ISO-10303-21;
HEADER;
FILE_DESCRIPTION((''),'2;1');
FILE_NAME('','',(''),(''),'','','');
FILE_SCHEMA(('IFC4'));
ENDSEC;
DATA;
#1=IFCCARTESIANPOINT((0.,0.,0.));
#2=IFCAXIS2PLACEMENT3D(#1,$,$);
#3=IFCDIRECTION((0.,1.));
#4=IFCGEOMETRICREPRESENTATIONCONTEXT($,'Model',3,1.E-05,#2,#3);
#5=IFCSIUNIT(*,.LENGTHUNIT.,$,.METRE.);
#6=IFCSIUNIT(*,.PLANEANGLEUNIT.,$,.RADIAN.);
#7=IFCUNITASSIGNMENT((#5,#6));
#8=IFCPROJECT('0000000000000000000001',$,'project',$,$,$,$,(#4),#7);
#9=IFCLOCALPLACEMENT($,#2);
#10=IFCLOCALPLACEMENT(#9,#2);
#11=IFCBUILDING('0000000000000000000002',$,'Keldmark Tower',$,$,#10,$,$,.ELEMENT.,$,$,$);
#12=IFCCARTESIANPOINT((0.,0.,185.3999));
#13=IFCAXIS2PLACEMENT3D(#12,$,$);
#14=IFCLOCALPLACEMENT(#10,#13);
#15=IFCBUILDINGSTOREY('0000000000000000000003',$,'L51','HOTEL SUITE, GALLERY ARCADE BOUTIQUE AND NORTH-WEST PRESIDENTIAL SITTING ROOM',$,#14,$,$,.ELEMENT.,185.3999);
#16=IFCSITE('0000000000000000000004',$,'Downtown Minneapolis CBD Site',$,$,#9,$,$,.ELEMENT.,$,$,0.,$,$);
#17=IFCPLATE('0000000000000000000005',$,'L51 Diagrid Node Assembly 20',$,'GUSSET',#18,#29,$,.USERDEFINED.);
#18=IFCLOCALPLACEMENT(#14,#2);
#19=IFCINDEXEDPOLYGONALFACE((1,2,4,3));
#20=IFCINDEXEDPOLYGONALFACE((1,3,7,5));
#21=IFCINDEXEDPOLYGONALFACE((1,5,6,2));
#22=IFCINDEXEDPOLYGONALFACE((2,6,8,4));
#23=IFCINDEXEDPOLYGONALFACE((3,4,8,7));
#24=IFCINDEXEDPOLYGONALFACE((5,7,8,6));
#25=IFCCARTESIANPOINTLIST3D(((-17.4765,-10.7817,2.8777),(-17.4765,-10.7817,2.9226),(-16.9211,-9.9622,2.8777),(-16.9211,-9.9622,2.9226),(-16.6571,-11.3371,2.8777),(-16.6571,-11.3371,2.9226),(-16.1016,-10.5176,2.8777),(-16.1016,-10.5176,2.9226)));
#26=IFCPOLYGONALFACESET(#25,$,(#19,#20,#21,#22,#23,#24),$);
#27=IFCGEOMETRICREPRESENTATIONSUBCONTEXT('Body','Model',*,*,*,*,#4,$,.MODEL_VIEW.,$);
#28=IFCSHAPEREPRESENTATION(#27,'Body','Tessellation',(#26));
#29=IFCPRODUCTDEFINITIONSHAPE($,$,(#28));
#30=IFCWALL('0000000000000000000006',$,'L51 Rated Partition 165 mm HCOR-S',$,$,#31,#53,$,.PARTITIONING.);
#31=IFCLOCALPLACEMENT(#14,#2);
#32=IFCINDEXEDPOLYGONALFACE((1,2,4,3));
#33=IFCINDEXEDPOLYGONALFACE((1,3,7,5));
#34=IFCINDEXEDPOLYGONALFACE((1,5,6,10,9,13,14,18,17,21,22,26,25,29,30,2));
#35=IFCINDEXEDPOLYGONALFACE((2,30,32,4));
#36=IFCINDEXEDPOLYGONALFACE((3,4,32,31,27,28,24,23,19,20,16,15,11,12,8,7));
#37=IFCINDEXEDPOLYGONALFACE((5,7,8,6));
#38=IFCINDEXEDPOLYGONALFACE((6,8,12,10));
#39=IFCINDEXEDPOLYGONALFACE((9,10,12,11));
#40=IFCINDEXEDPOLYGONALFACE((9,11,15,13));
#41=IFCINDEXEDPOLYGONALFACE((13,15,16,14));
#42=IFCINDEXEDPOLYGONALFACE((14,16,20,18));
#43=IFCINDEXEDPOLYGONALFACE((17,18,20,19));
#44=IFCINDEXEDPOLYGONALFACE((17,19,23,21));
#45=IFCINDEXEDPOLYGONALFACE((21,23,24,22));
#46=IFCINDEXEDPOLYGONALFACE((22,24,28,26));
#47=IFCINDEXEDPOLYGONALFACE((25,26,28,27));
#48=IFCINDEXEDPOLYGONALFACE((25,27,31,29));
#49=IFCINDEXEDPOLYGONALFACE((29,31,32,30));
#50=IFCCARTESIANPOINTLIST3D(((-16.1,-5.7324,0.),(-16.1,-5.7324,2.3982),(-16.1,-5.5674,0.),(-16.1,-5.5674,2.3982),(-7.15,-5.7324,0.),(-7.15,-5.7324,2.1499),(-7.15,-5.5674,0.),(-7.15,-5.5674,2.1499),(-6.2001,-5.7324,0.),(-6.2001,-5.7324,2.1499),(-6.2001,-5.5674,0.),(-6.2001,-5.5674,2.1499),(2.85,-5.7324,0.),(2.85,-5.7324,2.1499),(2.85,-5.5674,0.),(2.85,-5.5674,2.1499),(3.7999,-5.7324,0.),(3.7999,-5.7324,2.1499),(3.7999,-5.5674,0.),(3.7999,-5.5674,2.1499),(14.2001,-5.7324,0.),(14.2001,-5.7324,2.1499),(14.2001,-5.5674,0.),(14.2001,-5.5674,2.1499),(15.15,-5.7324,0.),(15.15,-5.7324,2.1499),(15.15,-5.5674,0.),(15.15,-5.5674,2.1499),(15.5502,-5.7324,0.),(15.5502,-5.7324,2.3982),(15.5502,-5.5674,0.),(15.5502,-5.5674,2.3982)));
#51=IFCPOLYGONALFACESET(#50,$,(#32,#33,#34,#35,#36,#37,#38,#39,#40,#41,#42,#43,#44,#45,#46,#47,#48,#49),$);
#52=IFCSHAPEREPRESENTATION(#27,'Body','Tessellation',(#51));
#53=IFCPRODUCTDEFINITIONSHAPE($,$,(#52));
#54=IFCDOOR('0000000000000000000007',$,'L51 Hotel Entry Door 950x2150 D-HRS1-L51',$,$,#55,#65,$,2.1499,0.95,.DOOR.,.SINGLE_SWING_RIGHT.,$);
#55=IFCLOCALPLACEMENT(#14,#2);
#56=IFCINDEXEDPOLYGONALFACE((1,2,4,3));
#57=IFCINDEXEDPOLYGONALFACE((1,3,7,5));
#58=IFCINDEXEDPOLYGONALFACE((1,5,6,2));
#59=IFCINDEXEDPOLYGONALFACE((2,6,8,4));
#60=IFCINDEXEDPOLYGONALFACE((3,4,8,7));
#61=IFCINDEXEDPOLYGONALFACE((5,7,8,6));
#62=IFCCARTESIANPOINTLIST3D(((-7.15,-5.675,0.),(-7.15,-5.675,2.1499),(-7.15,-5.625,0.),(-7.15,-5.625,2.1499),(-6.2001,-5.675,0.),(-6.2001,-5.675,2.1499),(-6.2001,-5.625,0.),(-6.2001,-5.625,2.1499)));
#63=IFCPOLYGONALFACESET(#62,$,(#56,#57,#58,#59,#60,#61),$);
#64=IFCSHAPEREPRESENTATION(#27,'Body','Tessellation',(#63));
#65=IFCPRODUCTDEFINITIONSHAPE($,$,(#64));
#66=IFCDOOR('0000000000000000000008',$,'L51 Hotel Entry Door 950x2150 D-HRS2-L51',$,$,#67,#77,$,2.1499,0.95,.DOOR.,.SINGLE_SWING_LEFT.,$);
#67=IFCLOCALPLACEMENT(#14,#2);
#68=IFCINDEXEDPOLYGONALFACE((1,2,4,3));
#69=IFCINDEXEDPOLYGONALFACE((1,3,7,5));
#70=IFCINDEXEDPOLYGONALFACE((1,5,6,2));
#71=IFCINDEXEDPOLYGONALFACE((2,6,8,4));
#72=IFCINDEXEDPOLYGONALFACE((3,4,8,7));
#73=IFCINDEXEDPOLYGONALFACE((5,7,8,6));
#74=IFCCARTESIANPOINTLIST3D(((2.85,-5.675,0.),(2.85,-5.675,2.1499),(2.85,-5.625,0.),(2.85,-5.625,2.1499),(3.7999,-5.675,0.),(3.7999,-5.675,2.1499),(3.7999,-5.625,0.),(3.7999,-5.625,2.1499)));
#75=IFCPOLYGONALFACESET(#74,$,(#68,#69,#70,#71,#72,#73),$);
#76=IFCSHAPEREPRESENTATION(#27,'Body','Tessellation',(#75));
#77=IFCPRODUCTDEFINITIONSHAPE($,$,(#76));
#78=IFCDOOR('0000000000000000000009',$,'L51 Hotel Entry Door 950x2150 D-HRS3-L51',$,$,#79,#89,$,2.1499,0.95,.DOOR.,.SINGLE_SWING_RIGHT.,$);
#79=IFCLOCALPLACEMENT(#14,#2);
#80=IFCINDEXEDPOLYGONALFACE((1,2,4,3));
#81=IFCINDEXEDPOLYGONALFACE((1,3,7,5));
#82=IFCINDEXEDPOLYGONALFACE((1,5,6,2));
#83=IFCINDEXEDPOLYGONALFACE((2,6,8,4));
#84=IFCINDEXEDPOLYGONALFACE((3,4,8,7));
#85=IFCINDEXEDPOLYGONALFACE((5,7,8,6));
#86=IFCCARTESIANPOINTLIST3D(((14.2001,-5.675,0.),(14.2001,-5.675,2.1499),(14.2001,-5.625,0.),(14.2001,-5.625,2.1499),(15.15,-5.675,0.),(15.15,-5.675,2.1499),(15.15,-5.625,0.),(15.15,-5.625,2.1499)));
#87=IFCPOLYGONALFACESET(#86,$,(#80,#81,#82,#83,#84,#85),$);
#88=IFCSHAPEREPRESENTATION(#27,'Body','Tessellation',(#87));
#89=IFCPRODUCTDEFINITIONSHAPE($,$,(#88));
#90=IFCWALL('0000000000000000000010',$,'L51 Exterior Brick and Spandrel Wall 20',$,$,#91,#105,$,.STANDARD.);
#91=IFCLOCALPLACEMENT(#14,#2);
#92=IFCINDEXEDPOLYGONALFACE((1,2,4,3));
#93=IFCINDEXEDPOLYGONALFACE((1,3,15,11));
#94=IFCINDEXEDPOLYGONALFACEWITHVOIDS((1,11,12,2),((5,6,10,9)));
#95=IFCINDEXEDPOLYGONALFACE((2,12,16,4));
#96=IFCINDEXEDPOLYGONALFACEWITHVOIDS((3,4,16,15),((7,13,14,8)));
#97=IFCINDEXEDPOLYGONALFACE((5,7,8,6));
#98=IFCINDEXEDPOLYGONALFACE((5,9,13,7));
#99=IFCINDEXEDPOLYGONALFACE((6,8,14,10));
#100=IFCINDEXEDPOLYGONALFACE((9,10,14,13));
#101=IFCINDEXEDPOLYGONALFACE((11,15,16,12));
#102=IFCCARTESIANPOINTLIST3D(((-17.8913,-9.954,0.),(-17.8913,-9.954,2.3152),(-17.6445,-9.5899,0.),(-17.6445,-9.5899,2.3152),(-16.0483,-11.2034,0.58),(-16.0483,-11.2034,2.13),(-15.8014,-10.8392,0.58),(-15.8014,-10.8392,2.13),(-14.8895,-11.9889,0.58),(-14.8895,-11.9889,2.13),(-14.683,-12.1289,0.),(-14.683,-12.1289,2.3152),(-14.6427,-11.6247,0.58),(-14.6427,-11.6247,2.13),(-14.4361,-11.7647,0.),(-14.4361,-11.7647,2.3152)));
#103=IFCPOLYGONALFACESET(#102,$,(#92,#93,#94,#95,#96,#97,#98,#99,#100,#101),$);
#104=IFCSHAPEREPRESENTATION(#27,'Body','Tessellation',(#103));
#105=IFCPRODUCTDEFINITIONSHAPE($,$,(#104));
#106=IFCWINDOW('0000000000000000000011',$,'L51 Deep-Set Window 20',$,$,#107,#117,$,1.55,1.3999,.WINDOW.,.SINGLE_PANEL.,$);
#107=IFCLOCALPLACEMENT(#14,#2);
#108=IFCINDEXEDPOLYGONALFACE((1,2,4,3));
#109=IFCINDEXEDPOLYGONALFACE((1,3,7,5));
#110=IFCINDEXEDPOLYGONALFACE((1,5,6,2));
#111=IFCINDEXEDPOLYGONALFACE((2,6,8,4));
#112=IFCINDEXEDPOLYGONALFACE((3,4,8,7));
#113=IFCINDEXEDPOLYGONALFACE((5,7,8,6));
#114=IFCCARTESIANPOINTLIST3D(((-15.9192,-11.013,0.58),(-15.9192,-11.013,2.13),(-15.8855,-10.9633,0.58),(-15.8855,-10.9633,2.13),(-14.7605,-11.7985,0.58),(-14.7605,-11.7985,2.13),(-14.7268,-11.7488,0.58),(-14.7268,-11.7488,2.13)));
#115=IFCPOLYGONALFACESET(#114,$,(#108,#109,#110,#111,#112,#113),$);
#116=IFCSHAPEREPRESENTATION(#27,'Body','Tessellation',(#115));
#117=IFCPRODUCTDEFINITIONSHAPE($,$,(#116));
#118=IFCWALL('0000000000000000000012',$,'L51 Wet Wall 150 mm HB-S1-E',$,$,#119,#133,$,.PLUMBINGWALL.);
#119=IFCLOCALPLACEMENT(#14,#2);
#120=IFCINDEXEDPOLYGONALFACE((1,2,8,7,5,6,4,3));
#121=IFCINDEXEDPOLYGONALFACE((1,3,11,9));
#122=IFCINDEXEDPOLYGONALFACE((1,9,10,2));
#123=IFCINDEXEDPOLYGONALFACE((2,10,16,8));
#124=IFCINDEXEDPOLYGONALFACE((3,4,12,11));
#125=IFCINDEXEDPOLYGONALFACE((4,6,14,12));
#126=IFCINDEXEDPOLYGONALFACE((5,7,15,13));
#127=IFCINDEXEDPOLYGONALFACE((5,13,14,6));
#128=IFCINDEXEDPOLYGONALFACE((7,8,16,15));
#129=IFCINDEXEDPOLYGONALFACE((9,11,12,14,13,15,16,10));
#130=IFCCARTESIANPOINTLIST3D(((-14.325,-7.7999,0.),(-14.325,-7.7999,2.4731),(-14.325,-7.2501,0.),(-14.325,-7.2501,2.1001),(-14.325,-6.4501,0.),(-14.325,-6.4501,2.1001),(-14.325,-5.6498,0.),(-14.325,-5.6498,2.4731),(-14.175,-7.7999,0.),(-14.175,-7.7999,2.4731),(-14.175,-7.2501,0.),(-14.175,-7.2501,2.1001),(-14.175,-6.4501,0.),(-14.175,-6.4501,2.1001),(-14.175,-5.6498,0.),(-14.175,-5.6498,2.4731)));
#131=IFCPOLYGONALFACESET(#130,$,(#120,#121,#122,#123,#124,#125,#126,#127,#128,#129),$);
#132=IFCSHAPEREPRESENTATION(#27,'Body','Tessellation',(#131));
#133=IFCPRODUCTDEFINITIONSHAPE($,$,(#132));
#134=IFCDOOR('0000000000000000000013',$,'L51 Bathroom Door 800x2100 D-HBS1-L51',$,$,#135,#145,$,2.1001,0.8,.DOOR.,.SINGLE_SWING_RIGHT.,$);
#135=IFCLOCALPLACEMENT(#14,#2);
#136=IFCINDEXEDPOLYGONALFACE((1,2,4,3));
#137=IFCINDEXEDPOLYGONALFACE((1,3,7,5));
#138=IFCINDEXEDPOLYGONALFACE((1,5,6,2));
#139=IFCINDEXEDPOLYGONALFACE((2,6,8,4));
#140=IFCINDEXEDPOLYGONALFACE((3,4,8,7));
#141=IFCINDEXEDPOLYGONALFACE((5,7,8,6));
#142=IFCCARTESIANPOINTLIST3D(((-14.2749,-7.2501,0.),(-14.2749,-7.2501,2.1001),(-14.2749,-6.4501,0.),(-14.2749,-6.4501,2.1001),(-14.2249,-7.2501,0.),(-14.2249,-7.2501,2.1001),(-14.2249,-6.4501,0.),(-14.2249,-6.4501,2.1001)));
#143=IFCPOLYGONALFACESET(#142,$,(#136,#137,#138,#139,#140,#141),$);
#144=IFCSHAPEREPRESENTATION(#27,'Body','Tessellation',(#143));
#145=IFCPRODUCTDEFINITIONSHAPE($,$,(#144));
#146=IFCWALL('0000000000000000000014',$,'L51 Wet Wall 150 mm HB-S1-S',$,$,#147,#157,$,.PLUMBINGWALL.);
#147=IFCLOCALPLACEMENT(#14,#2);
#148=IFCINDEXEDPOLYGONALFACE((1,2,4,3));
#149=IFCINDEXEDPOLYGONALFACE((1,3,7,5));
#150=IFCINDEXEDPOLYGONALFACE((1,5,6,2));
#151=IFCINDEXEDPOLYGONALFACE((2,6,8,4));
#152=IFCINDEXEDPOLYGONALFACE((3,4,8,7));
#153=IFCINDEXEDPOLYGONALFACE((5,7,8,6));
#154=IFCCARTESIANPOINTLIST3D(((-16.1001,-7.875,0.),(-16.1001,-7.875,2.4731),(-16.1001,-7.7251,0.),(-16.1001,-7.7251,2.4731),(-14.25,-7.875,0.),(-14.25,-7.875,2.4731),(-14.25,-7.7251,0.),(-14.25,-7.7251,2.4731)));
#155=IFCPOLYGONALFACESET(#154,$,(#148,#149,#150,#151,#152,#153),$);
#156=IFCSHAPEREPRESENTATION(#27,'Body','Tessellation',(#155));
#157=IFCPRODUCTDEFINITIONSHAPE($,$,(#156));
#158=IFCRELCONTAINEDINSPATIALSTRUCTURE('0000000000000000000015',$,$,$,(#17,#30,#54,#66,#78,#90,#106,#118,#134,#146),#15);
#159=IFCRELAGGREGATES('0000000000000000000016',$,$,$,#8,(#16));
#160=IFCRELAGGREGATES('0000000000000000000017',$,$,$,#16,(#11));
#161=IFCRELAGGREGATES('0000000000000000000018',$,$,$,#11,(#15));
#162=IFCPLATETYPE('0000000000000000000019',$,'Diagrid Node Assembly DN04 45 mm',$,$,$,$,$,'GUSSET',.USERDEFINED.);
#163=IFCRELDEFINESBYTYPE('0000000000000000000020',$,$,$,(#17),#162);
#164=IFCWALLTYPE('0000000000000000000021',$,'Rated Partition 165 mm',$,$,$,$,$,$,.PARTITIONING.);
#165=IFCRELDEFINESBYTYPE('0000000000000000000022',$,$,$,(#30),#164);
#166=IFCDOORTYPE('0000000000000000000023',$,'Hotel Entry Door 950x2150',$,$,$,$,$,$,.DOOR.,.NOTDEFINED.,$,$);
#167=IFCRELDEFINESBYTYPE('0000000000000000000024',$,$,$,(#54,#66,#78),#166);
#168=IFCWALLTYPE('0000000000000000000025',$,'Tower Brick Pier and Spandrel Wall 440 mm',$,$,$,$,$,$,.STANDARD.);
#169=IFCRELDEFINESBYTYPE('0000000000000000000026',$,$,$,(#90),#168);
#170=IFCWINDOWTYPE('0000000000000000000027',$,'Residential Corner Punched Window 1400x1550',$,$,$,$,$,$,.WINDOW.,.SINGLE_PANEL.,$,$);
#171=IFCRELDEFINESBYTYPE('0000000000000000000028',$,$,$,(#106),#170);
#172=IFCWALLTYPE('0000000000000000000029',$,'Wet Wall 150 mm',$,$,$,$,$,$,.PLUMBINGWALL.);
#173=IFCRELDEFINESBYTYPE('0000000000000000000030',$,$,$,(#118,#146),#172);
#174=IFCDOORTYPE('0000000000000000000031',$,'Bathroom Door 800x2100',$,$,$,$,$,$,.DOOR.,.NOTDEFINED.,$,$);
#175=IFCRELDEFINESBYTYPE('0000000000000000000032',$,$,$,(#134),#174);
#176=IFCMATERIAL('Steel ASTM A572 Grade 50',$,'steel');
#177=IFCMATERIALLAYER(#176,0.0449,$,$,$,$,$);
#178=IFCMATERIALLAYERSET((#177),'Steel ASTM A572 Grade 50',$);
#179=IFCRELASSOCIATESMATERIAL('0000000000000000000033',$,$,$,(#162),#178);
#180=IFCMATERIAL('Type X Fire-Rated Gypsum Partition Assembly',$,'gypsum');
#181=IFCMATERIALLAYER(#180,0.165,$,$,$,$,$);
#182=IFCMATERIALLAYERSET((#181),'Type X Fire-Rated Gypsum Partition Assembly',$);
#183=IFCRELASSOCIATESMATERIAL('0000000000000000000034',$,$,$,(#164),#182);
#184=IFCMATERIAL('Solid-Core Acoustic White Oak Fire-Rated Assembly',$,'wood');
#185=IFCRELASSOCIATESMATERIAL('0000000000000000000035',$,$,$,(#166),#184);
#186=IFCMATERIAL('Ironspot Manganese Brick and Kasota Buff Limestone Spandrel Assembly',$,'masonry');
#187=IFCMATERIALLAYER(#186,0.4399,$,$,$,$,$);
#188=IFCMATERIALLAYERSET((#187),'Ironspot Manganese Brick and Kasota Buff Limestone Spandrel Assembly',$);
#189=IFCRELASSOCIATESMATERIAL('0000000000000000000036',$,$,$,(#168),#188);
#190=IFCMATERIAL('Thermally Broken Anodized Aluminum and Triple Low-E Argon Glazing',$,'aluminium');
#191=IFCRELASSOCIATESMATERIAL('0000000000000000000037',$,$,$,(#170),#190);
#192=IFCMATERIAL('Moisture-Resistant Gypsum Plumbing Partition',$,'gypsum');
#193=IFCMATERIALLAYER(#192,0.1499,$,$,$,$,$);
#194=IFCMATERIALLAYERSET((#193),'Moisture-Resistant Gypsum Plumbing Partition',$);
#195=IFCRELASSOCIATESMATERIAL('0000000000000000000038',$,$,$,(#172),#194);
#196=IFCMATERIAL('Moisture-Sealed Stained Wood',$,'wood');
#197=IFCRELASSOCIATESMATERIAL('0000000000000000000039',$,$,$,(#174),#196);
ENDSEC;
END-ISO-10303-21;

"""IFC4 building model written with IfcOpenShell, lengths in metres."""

from ifc_helpers import new_model, si_unit, direction, frame, frame_2d, origin, origin_2d, place, context, subcontext, project, spatial, rectangle, extrude, material, layer, layer_set, type_object, element, fill, save


model = new_model("IFC4")

# Units and contexts
model_context = context("Model", 3, precision=1e-05, world=origin(), true_north=direction((0.0, 1.0)))
body_context = subcontext(model_context, "Body", "Model", "MODEL_VIEW")
ifc_project = project(units=[si_unit("LENGTHUNIT", "METRE"), si_unit("PLANEANGLEUNIT", "RADIAN")], contexts=[model_context])

# Site, building, storey
site_placement = place(None, origin())
site = spatial("IfcSite", under=ifc_project, at=site_placement, Name="Downtown Minneapolis CBD Site", CompositionType="ELEMENT", RefElevation=0.0)
building_placement = place(site_placement, origin())
building = spatial("IfcBuilding", under=site, at=building_placement, Name="Keldmark Tower", CompositionType="ELEMENT")
storey_placement = place(building_placement, frame((0.0, 0.0, 185.3999)))
storey = spatial("IfcBuildingStorey", under=building, at=storey_placement, Name="L51", Description="HOTEL SUITE, GALLERY ARCADE BOUTIQUE AND NORTH-WEST PRESIDENTIAL SITTING ROOM", CompositionType="ELEMENT", Elevation=185.3999)

# Plate
ifc_material_1 = material(Name="Steel ASTM A572 Grade 50", Category="steel")
ifc_layer_1 = layer(ifc_material_1, 0.0449)
ifc_layer_set_1 = layer_set([ifc_layer_1], Name="Steel ASTM A572 Grade 50")
plate_type = type_object("IfcPlateType", Name="Diagrid Node Assembly DN04 45 mm", ElementType="GUSSET", PredefinedType="USERDEFINED", material=ifc_layer_set_1)
plate_placement = place(storey_placement, frame((-16.7891, -10.6497, 2.8777), z_axis=(0.0, 0.0, 1.0), x_axis=(0.827767, -0.561072, 0.0)))
element("IfcPlate", 1, at=plate_placement, inside=storey, type_object=plate_type, Name="L51 Diagrid Node Assembly 20", ObjectType="GUSSET", PredefinedType="USERDEFINED", context=body_context, shape_type="SweptSolid", body=[
    extrude(rectangle(XDim=0.99, YDim=0.99, at=origin_2d()), origin(), (0.0, 0.0, 1.0), 0.0449),
])

# Wall, openings, doors
ifc_material_2 = material(Name="Type X Fire-Rated Gypsum Partition Assembly", Category="gypsum")
ifc_layer_2 = layer(ifc_material_2, 0.165)
ifc_layer_set_2 = layer_set([ifc_layer_2], Name="Type X Fire-Rated Gypsum Partition Assembly")
wall_type_1 = type_object("IfcWallType", Name="Rated Partition 165 mm", PredefinedType="PARTITIONING", material=ifc_layer_set_2)
wall_1_placement = place(storey_placement, frame((-16.1001, -5.6499, 0.0), z_axis=(0.0, 0.0, 1.0), x_axis=(1.0, 0.0, 0.0)))
wall_1 = element("IfcWall", 2, at=wall_1_placement, inside=storey, type_object=wall_type_1, Name="L51 Rated Partition 165 mm HCOR-S", PredefinedType="PARTITIONING", context=body_context, shape_type="SweptSolid", body=[
    extrude(rectangle(XDim=31.6501, YDim=0.165, at=frame_2d((15.8252, 0.0))), origin(), (0.0, 0.0, 1.0), 2.3982),
])
opening_1_placement = place(wall_1_placement, frame((8.95, 0.0, 0.0)))
opening_1 = element("IfcOpeningElement", 3, at=opening_1_placement, cuts=wall_1, PredefinedType="OPENING", context=body_context, shape_type="SweptSolid", body=[
    extrude(rectangle(XDim=0.95, YDim=2.1499, at=frame_2d((0.4751, 1.075))), frame((0.0, 0.0925, 0.0), z_axis=(0.0, -1.0, 0.0), x_axis=(1.0, 0.0, 0.0)), (0.0, 0.0, 1.0), 0.1851),
])
opening_2_placement = place(wall_1_placement, frame((18.95, 0.0, 0.0)))
opening_2 = element("IfcOpeningElement", 4, at=opening_2_placement, cuts=wall_1, PredefinedType="OPENING", context=body_context, shape_type="SweptSolid", body=[
    extrude(rectangle(XDim=0.95, YDim=2.1499, at=frame_2d((0.4751, 1.075))), frame((0.0, 0.0925, 0.0), z_axis=(0.0, -1.0, 0.0), x_axis=(1.0, 0.0, 0.0)), (0.0, 0.0, 1.0), 0.1851),
])
opening_3_placement = place(wall_1_placement, frame((30.3, 0.0, 0.0)))
opening_3 = element("IfcOpeningElement", 5, at=opening_3_placement, cuts=wall_1, PredefinedType="OPENING", context=body_context, shape_type="SweptSolid", body=[
    extrude(rectangle(XDim=0.95, YDim=2.1499, at=frame_2d((0.4751, 1.075))), frame((0.0, 0.0925, 0.0), z_axis=(0.0, -1.0, 0.0), x_axis=(1.0, 0.0, 0.0)), (0.0, 0.0, 1.0), 0.1851),
])
ifc_material_3 = material(Name="Solid-Core Acoustic White Oak Fire-Rated Assembly", Category="wood")
door_type_1 = type_object("IfcDoorType", Name="Hotel Entry Door 950x2150", OperationType="NOTDEFINED", PredefinedType="DOOR", material=ifc_material_3)
door_1_placement = place(opening_1_placement, origin())
door_1 = element("IfcDoor", 6, at=door_1_placement, inside=storey, type_object=door_type_1, Name="L51 Hotel Entry Door 950x2150 D-HRS1-L51", OperationType="SINGLE_SWING_RIGHT", OverallHeight=2.1499, OverallWidth=0.95, PredefinedType="DOOR", context=body_context, shape_type="SweptSolid", body=[
    extrude(rectangle(XDim=0.95, YDim=2.1499, at=frame_2d((0.4751, 1.075))), frame((0.0, 0.0249, 0.0), z_axis=(0.0, -1.0, 0.0), x_axis=(1.0, 0.0, 0.0)), (0.0, 0.0, 1.0), 0.05),
])
fill(opening_1, door_1)
door_2_placement = place(opening_2_placement, origin())
door_2 = element("IfcDoor", 7, at=door_2_placement, inside=storey, type_object=door_type_1, Name="L51 Hotel Entry Door 950x2150 D-HRS2-L51", OperationType="SINGLE_SWING_LEFT", OverallHeight=2.1499, OverallWidth=0.95, PredefinedType="DOOR", context=body_context, shape_type="SweptSolid", body=[
    extrude(rectangle(XDim=0.95, YDim=2.1499, at=frame_2d((0.4751, 1.075))), frame((0.0, 0.0249, 0.0), z_axis=(0.0, -1.0, 0.0), x_axis=(1.0, 0.0, 0.0)), (0.0, 0.0, 1.0), 0.05),
])
fill(opening_2, door_2)
door_3_placement = place(opening_3_placement, origin())
door_3 = element("IfcDoor", 8, at=door_3_placement, inside=storey, type_object=door_type_1, Name="L51 Hotel Entry Door 950x2150 D-HRS3-L51", OperationType="SINGLE_SWING_RIGHT", OverallHeight=2.1499, OverallWidth=0.95, PredefinedType="DOOR", context=body_context, shape_type="SweptSolid", body=[
    extrude(rectangle(XDim=0.95, YDim=2.1499, at=frame_2d((0.4751, 1.075))), frame((0.0, 0.0249, 0.0), z_axis=(0.0, -1.0, 0.0), x_axis=(1.0, 0.0, 0.0)), (0.0, 0.0, 1.0), 0.05),
])
fill(opening_3, door_3)

# Wall, opening, window
ifc_material_4 = material(Name="Ironspot Manganese Brick and Kasota Buff Limestone Spandrel Assembly", Category="masonry")
ifc_layer_3 = layer(ifc_material_4, 0.4399)
ifc_layer_set_3 = layer_set([ifc_layer_3], Name="Ironspot Manganese Brick and Kasota Buff Limestone Spandrel Assembly")
wall_type_2 = type_object("IfcWallType", Name="Tower Brick Pier and Spandrel Wall 440 mm", PredefinedType="STANDARD", material=ifc_layer_set_3)
wall_2_placement = place(storey_placement, frame((-14.5596, -11.9468, 0.0), z_axis=(0.0, 0.0, 1.0), x_axis=(-0.827742, 0.561109, 0.0)))
wall_2 = element("IfcWall", 9, at=wall_2_placement, inside=storey, type_object=wall_type_2, Name="L51 Exterior Brick and Spandrel Wall 20", PredefinedType="STANDARD", context=body_context, shape_type="SweptSolid", body=[
    extrude(rectangle(XDim=3.876, YDim=0.4399, at=frame_2d((1.938, 0.0))), origin(), (0.0, 0.0, 1.0), 2.3152),
])
opening_4_placement = place(wall_2_placement, frame((0.2495, 0.0, 0.5801)))
opening_4 = element("IfcOpeningElement", 10, at=opening_4_placement, cuts=wall_2, PredefinedType="OPENING", context=body_context, shape_type="SweptSolid", body=[
    extrude(rectangle(XDim=1.3999, YDim=1.55, at=frame_2d((0.7, 0.7749))), frame((0.0, 0.23, 0.0), z_axis=(0.0, -1.0, 0.0), x_axis=(1.0, 0.0, 0.0)), (0.0, 0.0, 1.0), 0.46),
])
ifc_material_5 = material(Name="Thermally Broken Anodized Aluminum and Triple Low-E Argon Glazing", Category="aluminium")
window_type = type_object("IfcWindowType", Name="Residential Corner Punched Window 1400x1550", PartitioningType="SINGLE_PANEL", PredefinedType="WINDOW", material=ifc_material_5)
window_placement = place(opening_4_placement, origin())
window = element("IfcWindow", 11, at=window_placement, inside=storey, type_object=window_type, Name="L51 Deep-Set Window 20", OverallHeight=1.55, OverallWidth=1.3999, PartitioningType="SINGLE_PANEL", PredefinedType="WINDOW", context=body_context, shape_type="SweptSolid", body=[
    extrude(rectangle(XDim=1.3999, YDim=1.55, at=frame_2d((0.7, 0.7749))), frame((0.0, -0.01, 0.0), z_axis=(0.0, -1.0, 0.0), x_axis=(1.0, 0.0, 0.0)), (0.0, 0.0, 1.0), 0.0601),
])
fill(opening_4, window)

# Wall, opening, door
ifc_material_6 = material(Name="Moisture-Resistant Gypsum Plumbing Partition", Category="gypsum")
ifc_layer_4 = layer(ifc_material_6, 0.1499)
ifc_layer_set_4 = layer_set([ifc_layer_4], Name="Moisture-Resistant Gypsum Plumbing Partition")
wall_type_3 = type_object("IfcWallType", Name="Wet Wall 150 mm", PredefinedType="PLUMBINGWALL", material=ifc_layer_set_4)
wall_3_placement = place(storey_placement, frame((-14.25, -7.8, 0.0), z_axis=(0.0, 0.0, 1.0), x_axis=(0.0, 1.0, 0.0)))
wall_3 = element("IfcWall", 12, at=wall_3_placement, inside=storey, type_object=wall_type_3, Name="L51 Wet Wall 150 mm HB-S1-E", PredefinedType="PLUMBINGWALL", context=body_context, shape_type="SweptSolid", body=[
    extrude(rectangle(XDim=2.1501, YDim=0.1499, at=frame_2d((1.0752, 0.0))), origin(), (0.0, 0.0, 1.0), 2.4731),
])
opening_5_placement = place(wall_3_placement, frame((0.55, 0.0, 0.0)))
opening_5 = element("IfcOpeningElement", 13, at=opening_5_placement, cuts=wall_3, PredefinedType="OPENING", context=body_context, shape_type="SweptSolid", body=[
    extrude(rectangle(XDim=0.8, YDim=2.1001, at=frame_2d((0.3999, 1.05))), frame((0.0, 0.085, 0.0), z_axis=(0.0, -1.0, 0.0), x_axis=(1.0, 0.0, 0.0)), (0.0, 0.0, 1.0), 0.1699),
])
ifc_material_7 = material(Name="Moisture-Sealed Stained Wood", Category="wood")
door_type_2 = type_object("IfcDoorType", Name="Bathroom Door 800x2100", OperationType="NOTDEFINED", PredefinedType="DOOR", material=ifc_material_7)
door_4_placement = place(opening_5_placement, origin())
door_4 = element("IfcDoor", 14, at=door_4_placement, inside=storey, type_object=door_type_2, Name="L51 Bathroom Door 800x2100 D-HBS1-L51", OperationType="SINGLE_SWING_RIGHT", OverallHeight=2.1001, OverallWidth=0.8, PredefinedType="DOOR", context=body_context, shape_type="SweptSolid", body=[
    extrude(rectangle(XDim=0.8, YDim=2.1001, at=frame_2d((0.3999, 1.05))), frame((0.0, 0.0249, 0.0), z_axis=(0.0, -1.0, 0.0), x_axis=(1.0, 0.0, 0.0)), (0.0, 0.0, 1.0), 0.05),
])
fill(opening_5, door_4)

# Wall
wall_4_placement = place(storey_placement, frame((-16.1001, -7.8, 0.0), z_axis=(0.0, 0.0, 1.0), x_axis=(1.0, 0.0, 0.0)))
element("IfcWall", 15, at=wall_4_placement, inside=storey, type_object=wall_type_3, Name="L51 Wet Wall 150 mm HB-S1-S", PredefinedType="PLUMBINGWALL", context=body_context, shape_type="SweptSolid", body=[
    extrude(rectangle(XDim=1.8501, YDim=0.1499, at=frame_2d((0.925, 0.0))), origin(), (0.0, 0.0, 1.0), 2.4731),
])

save(model, "model.ifc")
